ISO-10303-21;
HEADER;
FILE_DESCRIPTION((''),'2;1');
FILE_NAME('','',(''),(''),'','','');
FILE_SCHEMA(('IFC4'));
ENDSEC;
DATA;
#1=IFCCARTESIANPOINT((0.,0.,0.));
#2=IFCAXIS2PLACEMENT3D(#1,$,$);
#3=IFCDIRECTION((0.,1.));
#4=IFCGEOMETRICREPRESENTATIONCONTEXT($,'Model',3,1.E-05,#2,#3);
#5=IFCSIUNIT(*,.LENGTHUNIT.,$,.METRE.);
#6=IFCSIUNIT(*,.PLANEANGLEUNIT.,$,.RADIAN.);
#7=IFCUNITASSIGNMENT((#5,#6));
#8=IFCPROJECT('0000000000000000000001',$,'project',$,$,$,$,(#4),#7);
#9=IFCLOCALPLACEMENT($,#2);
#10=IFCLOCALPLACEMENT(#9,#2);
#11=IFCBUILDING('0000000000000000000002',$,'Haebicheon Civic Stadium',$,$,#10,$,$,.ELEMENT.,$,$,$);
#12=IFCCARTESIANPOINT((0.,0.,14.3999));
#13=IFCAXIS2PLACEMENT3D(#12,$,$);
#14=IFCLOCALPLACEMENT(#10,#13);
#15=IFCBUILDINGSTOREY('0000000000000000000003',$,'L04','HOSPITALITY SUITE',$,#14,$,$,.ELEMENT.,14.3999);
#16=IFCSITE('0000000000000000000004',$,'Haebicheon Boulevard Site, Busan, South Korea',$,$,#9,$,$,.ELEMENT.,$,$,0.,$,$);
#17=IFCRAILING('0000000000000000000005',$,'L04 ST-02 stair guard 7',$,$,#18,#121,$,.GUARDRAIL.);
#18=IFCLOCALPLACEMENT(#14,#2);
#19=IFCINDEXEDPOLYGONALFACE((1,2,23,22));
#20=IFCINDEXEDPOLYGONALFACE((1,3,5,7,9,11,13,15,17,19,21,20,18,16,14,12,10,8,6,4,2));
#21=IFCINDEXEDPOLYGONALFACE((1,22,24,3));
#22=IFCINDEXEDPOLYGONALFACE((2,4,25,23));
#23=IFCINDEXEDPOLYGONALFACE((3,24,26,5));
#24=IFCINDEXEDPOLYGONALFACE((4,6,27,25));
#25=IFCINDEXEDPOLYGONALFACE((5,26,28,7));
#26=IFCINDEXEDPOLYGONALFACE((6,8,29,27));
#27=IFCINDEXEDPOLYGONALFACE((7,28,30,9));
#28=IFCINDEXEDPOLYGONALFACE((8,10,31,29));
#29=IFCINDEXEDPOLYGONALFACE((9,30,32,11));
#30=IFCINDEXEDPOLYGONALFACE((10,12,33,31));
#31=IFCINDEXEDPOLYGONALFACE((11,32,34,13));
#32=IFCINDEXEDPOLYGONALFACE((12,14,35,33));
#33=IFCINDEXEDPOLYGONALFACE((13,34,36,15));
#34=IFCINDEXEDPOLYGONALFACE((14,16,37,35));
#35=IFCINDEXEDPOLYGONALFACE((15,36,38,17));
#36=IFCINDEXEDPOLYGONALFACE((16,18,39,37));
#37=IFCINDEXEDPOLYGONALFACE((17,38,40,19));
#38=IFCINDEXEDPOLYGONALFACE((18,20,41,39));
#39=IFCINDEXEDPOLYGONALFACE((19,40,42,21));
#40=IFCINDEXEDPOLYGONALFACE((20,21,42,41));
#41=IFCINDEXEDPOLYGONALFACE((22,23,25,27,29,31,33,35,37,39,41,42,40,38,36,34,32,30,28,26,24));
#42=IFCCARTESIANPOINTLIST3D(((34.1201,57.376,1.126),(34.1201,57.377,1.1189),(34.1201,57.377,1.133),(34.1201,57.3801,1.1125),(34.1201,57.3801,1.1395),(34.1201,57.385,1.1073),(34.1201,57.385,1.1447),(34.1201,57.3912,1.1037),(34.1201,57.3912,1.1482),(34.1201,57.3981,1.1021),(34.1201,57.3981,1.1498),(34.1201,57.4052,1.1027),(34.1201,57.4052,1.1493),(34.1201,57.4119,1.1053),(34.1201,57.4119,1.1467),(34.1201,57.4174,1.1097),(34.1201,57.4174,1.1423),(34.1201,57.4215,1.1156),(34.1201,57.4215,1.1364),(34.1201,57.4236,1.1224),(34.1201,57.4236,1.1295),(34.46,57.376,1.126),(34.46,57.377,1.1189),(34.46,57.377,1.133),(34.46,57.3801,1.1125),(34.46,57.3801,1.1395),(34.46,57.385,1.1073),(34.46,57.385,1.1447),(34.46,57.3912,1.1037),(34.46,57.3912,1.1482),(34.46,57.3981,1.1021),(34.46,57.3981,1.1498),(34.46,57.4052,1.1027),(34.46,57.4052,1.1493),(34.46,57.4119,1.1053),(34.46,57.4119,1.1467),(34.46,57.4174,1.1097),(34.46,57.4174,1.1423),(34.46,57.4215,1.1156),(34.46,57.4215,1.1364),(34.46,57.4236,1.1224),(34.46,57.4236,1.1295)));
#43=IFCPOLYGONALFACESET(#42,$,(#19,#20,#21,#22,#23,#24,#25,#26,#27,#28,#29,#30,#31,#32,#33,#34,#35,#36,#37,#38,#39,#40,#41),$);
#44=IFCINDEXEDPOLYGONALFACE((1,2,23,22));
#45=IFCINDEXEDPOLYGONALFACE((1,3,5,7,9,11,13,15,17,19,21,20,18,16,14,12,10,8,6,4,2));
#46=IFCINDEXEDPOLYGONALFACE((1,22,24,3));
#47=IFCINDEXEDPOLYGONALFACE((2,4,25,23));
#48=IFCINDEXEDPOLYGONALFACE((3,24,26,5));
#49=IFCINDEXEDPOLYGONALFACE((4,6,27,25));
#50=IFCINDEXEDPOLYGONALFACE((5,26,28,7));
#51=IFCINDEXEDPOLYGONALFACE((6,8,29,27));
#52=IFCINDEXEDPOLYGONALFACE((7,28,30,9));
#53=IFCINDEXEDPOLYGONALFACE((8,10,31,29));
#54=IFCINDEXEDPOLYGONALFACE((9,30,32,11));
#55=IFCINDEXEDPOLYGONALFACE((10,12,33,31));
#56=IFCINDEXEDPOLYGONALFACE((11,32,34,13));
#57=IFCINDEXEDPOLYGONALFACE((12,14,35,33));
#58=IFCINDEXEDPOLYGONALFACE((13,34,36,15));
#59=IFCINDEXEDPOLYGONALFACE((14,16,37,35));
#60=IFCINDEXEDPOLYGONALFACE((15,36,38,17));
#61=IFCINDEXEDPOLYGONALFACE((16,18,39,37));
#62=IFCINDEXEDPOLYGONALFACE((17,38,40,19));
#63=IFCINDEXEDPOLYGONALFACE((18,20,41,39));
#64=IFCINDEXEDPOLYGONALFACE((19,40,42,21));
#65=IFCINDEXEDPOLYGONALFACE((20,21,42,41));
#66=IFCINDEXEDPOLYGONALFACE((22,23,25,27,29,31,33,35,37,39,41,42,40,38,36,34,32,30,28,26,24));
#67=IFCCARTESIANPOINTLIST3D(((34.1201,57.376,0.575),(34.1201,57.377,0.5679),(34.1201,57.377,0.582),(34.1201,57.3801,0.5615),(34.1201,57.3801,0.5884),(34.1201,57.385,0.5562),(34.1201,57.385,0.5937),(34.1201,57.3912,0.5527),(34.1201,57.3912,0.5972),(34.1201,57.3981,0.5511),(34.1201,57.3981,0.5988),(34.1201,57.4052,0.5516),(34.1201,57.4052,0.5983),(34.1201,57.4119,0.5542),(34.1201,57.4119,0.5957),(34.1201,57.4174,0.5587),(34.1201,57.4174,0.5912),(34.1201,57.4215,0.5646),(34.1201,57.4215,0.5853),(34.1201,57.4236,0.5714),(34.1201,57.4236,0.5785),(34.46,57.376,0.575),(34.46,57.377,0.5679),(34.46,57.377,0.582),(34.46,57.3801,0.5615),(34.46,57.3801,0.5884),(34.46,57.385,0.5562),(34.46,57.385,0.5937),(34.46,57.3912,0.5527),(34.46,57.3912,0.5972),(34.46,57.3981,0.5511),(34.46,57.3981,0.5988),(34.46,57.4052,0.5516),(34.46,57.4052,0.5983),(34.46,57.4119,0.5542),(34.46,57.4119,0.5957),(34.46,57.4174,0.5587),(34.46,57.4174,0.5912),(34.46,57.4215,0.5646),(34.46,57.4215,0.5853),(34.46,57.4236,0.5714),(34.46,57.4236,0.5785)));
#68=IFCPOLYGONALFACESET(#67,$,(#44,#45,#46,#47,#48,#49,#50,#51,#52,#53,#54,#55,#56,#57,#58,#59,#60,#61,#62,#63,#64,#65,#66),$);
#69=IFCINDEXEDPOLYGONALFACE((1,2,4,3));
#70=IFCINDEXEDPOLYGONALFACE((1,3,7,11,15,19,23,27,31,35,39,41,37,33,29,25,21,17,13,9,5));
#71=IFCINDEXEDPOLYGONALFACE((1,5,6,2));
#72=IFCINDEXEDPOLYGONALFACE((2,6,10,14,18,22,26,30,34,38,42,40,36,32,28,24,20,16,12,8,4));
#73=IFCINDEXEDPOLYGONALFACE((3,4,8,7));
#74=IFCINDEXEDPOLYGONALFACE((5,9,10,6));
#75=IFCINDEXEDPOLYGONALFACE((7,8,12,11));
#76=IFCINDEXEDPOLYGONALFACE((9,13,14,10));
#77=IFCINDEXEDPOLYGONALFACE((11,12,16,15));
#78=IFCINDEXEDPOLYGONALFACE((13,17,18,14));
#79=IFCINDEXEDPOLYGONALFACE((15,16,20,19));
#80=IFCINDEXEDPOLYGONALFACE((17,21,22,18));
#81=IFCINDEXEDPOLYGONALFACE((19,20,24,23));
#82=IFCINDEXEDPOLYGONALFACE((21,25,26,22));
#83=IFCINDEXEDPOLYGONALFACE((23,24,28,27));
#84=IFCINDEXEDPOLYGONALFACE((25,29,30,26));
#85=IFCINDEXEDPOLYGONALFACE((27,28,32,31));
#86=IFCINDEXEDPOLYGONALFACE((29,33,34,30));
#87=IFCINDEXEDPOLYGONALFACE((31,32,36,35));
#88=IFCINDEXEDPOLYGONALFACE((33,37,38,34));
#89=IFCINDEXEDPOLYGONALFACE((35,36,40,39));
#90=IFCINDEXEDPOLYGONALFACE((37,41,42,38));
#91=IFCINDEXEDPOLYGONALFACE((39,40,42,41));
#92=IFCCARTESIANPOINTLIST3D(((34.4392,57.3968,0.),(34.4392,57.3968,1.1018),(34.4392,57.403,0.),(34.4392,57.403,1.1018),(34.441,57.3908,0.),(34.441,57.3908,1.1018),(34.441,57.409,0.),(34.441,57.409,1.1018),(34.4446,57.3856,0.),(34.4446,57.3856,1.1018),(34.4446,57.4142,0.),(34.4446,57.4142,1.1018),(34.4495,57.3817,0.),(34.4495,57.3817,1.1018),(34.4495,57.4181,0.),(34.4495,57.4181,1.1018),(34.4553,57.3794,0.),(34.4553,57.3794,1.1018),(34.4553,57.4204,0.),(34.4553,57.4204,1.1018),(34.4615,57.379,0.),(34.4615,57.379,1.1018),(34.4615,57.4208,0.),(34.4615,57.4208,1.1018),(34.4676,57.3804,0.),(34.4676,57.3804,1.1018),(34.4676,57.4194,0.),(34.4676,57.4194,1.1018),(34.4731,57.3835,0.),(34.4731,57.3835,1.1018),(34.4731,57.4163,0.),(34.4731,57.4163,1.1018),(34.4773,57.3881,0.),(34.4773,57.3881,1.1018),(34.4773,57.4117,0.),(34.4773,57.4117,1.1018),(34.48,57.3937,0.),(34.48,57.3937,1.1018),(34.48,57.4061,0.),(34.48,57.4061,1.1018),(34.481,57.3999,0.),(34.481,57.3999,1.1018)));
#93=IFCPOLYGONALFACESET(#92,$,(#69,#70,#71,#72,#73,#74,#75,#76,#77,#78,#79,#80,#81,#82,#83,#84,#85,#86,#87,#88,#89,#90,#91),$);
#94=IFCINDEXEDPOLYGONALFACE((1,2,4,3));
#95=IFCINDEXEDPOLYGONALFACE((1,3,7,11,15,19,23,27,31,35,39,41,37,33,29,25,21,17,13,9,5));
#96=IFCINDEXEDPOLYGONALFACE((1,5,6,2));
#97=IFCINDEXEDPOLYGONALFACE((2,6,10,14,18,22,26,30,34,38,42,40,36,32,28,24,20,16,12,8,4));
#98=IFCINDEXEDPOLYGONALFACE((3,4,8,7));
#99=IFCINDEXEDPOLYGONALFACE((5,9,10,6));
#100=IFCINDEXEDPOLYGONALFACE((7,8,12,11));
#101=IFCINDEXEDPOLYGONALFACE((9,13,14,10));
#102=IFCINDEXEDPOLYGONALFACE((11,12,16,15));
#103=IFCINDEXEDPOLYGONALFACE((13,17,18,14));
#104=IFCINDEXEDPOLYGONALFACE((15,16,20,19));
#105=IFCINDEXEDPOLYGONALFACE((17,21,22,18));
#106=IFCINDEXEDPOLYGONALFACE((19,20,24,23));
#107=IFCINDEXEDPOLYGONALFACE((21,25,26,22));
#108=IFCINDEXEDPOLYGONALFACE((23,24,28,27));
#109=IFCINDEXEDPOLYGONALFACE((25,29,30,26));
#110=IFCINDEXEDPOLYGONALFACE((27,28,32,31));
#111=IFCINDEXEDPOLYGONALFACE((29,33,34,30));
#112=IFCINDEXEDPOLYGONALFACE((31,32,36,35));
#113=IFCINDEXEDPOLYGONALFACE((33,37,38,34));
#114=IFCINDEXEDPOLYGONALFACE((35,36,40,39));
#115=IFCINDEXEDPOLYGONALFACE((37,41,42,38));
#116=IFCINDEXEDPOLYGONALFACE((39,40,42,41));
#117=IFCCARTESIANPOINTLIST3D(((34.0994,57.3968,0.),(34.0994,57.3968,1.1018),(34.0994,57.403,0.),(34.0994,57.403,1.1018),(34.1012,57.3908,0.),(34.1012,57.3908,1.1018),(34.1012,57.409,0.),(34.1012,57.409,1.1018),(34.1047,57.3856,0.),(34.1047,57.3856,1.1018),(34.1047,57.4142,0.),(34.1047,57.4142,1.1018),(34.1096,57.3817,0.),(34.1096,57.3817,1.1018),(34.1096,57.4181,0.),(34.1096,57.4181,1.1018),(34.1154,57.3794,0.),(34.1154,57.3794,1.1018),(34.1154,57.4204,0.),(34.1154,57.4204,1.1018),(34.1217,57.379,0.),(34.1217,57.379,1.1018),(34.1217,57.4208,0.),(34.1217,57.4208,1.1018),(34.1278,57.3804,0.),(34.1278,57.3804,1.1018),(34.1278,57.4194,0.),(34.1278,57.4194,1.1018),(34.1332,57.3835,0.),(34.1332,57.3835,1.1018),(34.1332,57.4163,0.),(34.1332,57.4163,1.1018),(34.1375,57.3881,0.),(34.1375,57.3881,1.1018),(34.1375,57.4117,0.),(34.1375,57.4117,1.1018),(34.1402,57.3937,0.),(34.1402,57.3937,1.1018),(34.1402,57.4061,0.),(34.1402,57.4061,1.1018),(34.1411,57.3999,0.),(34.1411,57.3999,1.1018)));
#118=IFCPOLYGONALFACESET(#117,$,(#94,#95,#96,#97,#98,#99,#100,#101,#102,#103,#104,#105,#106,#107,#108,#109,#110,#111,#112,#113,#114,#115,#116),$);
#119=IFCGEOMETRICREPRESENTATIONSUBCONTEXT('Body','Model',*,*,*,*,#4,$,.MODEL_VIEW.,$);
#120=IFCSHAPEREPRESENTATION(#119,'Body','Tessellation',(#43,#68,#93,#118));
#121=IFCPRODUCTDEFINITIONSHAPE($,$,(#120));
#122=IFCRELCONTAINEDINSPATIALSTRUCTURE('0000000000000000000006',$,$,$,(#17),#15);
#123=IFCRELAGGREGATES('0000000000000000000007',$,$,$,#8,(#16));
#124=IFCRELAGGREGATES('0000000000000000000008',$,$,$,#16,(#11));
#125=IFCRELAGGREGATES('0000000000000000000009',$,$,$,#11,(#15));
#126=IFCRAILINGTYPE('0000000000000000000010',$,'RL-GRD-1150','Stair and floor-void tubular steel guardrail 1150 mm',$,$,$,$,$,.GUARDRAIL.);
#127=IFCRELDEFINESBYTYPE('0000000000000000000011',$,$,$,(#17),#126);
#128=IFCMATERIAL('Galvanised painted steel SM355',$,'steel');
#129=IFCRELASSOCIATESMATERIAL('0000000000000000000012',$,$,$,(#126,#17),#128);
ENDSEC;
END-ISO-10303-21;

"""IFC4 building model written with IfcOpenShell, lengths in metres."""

from ifc_helpers import new_model, si_unit, direction, frame, origin, origin_2d, place, context, subcontext, project, spatial, circle, extrude, material, type_object, element, save


model = new_model("IFC4")

# Units and contexts
model_context = context("Model", 3, precision=1e-05, world=origin(), true_north=direction((0.0, 1.0)))
body_context = subcontext(model_context, "Body", "Model", "MODEL_VIEW")
ifc_project = project(units=[si_unit("LENGTHUNIT", "METRE"), si_unit("PLANEANGLEUNIT", "RADIAN")], contexts=[model_context])

# Site, building, storey
site_placement = place(None, origin())
site = spatial("IfcSite", under=ifc_project, at=site_placement, Name="Haebicheon Boulevard Site, Busan, South Korea", CompositionType="ELEMENT", RefElevation=0.0)
building_placement = place(site_placement, origin())
building = spatial("IfcBuilding", under=site, at=building_placement, Name="Haebicheon Civic Stadium", CompositionType="ELEMENT")
storey_placement = place(building_placement, frame((0.0, 0.0, 14.3999)))
storey = spatial("IfcBuildingStorey", under=building, at=storey_placement, Name="L04", Description="HOSPITALITY SUITE", CompositionType="ELEMENT", Elevation=14.3999)

# Railing
ifc_material_1 = material(Name="Galvanised painted steel SM355", Category="steel")
railing_type_1 = type_object("IfcRailingType", Name="RL-GRD-1150", Description="Stair and floor-void tubular steel guardrail 1150 mm", PredefinedType="GUARDRAIL", material=ifc_material_1)
railing_1_placement = place(storey_placement, frame((34.46, 57.3999, 0.0)))
element("IfcRailing", 1, at=railing_1_placement, inside=storey, type_object=railing_type_1, material=ifc_material_1, Name="L04 ST-02 stair guard 7", PredefinedType="GUARDRAIL", context=body_context, shape_type="SweptSolid", body=[
    extrude(circle(Radius=0.0239, at=origin_2d()), frame((0.0, 0.0, 1.126), z_axis=(-1.0, 0.0, 0.0), x_axis=(0.0, -1.0, 0.0)), (0.0, 0.0, 1.0), 0.3398),
    extrude(circle(Radius=0.0239, at=origin_2d()), frame((0.0, 0.0, 0.575), z_axis=(-1.0, 0.0, 0.0), x_axis=(0.0, -1.0, 0.0)), (0.0, 0.0, 1.0), 0.3398),
    extrude(circle(Radius=0.021, at=origin_2d()), origin(), (0.0, 0.0, 1.0), 1.1018),
    extrude(circle(Radius=0.021, at=origin_2d()), frame((-0.3398, 0.0, 0.0)), (0.0, 0.0, 1.0), 1.1018),
])

save(model, "model.ifc")
